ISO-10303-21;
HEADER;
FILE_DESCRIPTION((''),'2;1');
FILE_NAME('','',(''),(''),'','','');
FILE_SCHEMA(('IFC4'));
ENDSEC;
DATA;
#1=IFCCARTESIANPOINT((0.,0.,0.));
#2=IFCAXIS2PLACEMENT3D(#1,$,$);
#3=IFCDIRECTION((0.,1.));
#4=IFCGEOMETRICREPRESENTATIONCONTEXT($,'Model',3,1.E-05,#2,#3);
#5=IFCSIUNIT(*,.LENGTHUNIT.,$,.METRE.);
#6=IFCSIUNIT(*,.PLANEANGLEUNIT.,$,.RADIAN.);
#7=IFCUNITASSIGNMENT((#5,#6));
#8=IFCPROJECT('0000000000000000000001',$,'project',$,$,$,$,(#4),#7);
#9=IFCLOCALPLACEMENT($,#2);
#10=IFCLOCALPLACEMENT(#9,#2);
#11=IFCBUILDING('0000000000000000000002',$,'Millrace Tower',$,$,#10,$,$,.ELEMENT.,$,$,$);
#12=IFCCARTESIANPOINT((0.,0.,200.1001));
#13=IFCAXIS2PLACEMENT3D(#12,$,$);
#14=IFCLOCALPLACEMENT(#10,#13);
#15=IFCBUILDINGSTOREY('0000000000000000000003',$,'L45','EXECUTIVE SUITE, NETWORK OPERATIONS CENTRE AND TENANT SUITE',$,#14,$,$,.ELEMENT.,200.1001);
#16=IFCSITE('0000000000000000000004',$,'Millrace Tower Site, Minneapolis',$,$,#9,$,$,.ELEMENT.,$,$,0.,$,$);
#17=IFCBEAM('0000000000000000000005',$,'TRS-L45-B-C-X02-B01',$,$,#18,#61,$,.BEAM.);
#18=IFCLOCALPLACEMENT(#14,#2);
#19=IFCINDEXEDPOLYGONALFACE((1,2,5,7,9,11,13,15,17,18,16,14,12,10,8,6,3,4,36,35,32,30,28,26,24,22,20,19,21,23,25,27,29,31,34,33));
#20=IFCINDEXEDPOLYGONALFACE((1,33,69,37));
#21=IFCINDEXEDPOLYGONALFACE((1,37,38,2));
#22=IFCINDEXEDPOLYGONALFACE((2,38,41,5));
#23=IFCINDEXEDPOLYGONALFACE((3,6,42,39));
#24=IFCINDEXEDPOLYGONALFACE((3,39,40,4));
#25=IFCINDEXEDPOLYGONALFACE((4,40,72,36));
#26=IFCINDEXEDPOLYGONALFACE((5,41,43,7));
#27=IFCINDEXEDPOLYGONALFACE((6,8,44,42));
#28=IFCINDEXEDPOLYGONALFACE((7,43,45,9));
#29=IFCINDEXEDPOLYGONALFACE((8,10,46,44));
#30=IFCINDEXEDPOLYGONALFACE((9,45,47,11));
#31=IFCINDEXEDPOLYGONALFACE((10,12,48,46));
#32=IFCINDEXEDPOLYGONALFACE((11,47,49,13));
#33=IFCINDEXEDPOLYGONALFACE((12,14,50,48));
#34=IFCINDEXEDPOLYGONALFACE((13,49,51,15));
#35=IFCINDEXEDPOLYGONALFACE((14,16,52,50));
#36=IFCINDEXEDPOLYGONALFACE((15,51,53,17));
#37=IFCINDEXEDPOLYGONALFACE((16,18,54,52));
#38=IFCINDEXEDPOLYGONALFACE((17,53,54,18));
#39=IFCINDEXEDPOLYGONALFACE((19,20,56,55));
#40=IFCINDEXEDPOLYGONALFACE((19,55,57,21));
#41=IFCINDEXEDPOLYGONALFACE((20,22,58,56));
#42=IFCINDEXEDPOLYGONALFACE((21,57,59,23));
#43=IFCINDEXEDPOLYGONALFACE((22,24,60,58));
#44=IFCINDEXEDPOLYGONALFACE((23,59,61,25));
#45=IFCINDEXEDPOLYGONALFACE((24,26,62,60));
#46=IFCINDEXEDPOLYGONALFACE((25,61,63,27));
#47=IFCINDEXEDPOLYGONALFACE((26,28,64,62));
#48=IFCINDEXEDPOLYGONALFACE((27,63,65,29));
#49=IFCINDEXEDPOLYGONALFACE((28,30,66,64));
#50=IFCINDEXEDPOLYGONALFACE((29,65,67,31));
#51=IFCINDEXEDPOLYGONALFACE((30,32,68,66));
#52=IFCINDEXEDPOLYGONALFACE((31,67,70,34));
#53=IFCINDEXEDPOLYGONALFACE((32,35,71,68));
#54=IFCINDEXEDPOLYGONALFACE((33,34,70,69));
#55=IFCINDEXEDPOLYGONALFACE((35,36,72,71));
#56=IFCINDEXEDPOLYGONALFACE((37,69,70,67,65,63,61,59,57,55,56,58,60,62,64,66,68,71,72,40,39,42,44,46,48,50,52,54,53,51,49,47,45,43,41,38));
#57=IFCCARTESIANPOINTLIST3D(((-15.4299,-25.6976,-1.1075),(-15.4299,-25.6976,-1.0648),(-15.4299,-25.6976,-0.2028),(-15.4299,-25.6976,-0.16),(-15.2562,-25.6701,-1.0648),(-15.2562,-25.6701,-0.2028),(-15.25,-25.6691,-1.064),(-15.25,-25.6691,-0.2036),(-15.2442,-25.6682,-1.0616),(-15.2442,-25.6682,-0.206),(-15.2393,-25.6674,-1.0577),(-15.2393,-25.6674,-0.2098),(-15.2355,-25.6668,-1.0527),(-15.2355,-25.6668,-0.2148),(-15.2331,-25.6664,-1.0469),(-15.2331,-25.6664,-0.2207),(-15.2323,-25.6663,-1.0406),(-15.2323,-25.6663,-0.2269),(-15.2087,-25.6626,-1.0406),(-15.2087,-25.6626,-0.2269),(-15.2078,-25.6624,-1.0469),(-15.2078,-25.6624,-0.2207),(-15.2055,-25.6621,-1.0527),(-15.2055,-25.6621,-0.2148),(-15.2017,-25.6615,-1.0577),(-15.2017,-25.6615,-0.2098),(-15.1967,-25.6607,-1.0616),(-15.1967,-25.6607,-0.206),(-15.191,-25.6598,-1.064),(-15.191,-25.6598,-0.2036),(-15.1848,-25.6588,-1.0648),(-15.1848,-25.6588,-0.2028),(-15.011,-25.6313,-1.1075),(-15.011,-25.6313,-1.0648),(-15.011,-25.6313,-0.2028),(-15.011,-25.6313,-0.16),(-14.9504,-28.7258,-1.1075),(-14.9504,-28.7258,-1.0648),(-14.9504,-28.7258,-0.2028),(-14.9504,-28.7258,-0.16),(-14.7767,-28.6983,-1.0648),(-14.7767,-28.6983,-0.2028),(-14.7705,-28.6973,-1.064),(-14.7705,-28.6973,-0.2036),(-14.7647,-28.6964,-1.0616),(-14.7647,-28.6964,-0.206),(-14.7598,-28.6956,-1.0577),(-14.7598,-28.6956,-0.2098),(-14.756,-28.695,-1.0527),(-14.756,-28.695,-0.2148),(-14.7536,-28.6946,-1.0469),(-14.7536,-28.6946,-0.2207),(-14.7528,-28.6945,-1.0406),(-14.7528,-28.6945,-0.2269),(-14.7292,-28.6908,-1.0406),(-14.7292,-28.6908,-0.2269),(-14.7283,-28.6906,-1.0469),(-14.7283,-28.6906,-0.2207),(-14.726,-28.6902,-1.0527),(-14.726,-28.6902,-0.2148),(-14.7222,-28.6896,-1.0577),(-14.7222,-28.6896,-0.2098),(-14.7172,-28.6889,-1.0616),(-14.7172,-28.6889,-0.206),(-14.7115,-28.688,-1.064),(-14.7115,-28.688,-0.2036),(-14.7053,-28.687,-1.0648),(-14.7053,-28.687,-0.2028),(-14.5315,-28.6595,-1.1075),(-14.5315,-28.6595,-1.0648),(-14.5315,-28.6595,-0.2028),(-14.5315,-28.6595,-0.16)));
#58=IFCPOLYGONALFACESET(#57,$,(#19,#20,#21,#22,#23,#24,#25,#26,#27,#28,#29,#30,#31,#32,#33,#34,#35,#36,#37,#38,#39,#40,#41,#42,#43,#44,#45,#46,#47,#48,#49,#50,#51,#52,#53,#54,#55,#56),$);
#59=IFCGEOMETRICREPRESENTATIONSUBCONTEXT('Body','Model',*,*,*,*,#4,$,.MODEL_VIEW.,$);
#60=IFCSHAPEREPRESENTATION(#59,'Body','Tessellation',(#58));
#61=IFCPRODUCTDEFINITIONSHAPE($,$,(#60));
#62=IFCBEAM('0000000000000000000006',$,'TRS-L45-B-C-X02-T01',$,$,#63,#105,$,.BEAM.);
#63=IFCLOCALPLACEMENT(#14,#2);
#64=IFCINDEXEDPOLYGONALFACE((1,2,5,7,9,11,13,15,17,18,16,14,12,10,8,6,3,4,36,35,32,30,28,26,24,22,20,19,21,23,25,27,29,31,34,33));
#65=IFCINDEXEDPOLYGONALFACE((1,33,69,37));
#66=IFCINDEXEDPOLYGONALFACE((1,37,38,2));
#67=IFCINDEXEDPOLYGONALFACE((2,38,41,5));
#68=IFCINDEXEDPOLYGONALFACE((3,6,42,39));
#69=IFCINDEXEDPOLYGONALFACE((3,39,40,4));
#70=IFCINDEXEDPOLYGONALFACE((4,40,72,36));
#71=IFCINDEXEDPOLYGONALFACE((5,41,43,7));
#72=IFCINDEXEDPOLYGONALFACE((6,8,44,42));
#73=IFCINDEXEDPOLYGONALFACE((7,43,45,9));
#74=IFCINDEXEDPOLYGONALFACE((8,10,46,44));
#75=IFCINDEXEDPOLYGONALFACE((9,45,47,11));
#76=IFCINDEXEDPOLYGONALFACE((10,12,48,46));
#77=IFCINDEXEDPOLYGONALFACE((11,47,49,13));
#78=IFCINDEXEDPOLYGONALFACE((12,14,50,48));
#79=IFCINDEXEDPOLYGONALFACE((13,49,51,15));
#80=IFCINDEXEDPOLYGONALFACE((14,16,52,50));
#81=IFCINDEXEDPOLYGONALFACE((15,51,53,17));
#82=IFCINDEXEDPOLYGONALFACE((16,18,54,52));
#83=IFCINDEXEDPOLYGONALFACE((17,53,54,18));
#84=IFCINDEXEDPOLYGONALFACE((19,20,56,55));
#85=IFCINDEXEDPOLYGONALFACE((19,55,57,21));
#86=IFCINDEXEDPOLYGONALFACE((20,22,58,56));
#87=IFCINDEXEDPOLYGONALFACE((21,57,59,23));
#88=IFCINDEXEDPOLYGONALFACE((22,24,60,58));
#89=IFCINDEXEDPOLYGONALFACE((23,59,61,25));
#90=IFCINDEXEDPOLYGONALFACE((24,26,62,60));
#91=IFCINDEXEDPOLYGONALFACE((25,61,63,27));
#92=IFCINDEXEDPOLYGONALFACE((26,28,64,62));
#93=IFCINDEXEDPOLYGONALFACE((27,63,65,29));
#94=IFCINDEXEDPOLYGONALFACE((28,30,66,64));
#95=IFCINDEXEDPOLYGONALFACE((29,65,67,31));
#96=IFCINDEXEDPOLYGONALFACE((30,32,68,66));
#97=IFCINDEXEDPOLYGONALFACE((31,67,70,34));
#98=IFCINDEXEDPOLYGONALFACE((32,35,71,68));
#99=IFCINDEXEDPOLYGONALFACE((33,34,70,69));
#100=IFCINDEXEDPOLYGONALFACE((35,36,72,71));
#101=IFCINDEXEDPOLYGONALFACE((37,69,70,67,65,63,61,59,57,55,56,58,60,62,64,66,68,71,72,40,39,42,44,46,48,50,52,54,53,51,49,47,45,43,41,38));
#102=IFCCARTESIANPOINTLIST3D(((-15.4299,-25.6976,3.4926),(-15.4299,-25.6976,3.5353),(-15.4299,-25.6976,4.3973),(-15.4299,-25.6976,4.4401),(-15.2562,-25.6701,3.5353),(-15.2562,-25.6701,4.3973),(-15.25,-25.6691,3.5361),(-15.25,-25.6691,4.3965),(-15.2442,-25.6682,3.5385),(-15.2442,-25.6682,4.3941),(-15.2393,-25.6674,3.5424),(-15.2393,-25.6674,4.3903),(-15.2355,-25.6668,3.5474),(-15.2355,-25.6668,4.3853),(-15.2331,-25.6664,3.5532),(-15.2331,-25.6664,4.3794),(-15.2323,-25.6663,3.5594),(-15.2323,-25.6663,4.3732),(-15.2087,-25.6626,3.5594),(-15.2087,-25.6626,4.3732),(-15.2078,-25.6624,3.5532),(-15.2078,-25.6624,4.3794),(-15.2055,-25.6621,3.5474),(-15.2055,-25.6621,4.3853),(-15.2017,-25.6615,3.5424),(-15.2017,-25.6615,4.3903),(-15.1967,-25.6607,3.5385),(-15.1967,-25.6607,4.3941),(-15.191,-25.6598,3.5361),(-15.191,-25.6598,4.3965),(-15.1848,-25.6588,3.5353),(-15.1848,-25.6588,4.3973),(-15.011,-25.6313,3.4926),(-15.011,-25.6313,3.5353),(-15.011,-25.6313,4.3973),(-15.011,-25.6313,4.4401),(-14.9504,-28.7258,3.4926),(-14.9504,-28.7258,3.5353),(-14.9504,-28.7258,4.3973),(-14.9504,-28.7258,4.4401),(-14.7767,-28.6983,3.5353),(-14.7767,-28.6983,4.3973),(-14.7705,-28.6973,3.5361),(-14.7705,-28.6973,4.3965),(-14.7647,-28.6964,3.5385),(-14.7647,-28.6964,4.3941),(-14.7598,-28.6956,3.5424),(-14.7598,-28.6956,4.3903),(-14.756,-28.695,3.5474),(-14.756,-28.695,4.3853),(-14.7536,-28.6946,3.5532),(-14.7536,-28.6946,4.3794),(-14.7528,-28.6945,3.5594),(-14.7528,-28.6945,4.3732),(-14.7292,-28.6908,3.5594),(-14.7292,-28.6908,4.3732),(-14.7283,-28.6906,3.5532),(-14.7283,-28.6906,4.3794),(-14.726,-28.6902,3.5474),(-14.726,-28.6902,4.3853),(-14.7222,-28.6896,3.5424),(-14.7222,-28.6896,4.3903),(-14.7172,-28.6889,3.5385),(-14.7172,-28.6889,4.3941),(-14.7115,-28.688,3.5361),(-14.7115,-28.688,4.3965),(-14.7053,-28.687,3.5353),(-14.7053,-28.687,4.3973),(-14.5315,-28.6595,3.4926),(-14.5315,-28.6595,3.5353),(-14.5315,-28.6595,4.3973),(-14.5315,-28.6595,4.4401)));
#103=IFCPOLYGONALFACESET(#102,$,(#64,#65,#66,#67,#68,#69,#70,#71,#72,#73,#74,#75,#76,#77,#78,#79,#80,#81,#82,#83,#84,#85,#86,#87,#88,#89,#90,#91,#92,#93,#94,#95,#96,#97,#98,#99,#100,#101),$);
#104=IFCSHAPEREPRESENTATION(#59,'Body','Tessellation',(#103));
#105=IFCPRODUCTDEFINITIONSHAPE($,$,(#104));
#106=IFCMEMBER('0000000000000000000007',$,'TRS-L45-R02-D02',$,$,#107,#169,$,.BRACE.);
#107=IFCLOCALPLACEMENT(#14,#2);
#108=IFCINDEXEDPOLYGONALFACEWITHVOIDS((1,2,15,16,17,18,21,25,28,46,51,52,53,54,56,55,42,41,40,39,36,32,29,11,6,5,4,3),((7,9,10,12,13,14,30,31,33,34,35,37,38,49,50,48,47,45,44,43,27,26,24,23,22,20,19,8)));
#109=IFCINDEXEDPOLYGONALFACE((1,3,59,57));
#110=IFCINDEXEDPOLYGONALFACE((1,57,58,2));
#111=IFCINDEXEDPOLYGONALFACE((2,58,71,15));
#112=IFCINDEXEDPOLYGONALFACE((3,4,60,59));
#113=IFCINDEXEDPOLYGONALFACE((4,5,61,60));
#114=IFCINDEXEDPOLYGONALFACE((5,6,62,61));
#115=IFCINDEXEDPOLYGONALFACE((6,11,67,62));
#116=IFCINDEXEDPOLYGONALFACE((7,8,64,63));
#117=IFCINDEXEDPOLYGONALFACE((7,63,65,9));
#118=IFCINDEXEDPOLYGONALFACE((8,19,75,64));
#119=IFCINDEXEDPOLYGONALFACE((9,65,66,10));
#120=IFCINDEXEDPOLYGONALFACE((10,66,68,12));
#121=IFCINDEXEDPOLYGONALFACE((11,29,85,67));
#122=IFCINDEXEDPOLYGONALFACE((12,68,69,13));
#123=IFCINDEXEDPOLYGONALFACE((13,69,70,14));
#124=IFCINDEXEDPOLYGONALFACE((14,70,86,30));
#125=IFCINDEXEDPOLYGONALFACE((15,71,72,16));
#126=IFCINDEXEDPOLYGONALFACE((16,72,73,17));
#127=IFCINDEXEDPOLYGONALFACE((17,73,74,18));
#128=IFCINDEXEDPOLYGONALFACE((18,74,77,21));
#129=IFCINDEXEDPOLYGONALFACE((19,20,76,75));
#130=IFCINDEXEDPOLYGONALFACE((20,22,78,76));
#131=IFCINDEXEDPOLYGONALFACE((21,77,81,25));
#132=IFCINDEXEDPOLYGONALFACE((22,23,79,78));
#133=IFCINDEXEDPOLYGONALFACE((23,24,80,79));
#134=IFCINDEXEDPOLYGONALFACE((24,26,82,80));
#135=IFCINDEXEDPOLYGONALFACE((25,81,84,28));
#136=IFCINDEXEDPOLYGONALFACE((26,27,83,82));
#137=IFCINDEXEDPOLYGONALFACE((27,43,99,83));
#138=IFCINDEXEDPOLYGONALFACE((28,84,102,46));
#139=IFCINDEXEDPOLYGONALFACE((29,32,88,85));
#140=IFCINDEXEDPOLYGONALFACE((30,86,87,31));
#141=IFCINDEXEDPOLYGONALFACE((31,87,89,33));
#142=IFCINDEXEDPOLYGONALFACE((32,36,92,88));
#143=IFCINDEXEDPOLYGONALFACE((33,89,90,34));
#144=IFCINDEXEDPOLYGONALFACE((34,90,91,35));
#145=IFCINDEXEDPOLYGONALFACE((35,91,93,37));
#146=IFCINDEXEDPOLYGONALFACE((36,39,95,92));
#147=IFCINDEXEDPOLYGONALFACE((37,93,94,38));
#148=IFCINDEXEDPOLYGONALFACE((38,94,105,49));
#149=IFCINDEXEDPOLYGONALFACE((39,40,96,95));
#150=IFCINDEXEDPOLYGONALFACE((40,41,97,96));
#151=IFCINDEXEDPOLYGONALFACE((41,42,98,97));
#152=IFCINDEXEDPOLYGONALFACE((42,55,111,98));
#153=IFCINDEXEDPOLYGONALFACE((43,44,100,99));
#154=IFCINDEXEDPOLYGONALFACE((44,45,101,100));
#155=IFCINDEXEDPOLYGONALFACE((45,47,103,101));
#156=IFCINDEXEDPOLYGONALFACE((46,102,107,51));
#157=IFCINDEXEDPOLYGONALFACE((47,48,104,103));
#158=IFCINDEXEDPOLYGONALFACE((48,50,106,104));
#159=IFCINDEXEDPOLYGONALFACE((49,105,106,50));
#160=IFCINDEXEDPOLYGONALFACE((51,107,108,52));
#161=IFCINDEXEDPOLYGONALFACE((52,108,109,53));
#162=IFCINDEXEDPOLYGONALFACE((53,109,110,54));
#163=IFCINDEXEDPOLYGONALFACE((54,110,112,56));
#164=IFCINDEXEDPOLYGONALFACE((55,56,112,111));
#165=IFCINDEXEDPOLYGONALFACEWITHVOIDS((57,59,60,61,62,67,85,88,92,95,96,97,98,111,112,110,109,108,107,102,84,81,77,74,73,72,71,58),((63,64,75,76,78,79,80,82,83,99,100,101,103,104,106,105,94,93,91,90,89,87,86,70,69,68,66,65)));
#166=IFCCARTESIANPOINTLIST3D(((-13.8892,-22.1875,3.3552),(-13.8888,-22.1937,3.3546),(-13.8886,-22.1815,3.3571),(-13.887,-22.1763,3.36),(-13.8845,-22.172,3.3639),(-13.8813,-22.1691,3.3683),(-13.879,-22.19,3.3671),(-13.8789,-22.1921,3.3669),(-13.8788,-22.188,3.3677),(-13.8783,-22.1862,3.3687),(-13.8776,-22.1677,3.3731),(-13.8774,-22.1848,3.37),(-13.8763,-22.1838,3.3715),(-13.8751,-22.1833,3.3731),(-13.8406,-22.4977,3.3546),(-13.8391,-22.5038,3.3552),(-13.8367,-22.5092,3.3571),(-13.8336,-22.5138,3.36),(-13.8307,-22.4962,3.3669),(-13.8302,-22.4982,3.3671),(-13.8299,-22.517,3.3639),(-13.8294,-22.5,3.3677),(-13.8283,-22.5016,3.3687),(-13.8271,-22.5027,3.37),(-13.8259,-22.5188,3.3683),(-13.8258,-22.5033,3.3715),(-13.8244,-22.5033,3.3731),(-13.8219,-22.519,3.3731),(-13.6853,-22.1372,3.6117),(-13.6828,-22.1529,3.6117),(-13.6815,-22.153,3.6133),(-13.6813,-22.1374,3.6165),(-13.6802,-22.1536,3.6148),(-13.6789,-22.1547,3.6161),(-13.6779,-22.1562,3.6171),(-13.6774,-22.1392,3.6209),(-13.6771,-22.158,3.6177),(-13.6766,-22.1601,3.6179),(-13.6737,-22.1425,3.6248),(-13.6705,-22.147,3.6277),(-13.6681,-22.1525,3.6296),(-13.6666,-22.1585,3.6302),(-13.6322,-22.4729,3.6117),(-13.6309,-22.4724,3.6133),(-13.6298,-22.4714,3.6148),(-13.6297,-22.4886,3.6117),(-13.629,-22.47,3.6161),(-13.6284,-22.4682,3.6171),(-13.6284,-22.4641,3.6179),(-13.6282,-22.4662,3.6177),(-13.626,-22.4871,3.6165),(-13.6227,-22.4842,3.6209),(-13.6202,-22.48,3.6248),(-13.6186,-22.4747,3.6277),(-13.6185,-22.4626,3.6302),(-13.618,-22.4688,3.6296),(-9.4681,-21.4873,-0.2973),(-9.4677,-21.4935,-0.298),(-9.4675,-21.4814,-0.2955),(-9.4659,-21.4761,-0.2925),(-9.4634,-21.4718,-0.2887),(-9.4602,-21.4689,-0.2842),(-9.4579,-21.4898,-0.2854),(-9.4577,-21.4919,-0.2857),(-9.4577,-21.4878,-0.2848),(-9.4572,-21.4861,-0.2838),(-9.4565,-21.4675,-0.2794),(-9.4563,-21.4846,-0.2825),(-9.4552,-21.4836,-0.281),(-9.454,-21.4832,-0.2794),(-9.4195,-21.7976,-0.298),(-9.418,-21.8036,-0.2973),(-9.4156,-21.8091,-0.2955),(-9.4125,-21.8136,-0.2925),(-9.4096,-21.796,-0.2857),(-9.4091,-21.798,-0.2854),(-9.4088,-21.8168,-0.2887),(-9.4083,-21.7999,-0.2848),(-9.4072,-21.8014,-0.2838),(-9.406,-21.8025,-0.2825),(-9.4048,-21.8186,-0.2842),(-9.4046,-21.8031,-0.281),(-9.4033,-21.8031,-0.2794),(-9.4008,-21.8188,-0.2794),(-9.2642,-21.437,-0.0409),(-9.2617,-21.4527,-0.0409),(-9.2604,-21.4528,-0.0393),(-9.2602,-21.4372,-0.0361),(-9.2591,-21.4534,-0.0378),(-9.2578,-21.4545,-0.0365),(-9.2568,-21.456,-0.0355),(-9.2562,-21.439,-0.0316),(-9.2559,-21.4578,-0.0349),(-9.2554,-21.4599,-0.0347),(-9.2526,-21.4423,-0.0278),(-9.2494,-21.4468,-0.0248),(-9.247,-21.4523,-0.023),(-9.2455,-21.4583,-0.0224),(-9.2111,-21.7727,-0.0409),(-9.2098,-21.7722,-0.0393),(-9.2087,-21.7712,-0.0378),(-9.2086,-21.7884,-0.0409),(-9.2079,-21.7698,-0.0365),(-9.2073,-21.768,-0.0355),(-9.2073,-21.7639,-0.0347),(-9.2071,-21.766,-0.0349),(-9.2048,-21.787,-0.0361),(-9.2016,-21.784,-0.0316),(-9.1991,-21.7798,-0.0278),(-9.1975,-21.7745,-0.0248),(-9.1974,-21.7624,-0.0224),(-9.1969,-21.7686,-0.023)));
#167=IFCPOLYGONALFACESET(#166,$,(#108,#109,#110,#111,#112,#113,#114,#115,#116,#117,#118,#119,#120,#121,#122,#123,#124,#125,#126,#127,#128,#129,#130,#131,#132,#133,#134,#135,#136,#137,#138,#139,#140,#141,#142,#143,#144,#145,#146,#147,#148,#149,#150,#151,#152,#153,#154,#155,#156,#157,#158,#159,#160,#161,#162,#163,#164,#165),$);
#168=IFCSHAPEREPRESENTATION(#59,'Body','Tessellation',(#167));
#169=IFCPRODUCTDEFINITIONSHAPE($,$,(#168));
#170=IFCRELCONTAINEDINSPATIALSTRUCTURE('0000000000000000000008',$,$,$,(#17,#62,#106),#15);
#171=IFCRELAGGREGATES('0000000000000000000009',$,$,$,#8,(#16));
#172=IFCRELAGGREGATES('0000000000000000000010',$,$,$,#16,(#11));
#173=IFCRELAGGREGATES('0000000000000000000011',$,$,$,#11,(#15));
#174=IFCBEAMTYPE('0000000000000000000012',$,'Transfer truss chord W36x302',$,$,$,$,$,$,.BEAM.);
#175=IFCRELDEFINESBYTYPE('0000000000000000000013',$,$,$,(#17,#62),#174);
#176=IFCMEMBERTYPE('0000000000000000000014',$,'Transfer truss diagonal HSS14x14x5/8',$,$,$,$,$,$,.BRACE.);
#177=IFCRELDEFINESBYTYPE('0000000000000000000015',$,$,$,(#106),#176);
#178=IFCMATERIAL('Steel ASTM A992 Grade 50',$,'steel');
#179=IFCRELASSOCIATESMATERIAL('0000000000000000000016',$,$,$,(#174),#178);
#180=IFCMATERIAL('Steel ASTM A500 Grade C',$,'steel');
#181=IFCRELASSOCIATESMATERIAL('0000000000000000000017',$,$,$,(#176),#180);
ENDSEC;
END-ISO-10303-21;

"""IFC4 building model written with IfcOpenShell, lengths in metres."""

from ifc_helpers import new_model, si_unit, direction, frame, origin, origin_2d, place, context, subcontext, project, spatial, hollow_rectangle, i_section, extrude, material, material_profile, profile_set, type_object, element, save


model = new_model("IFC4")

# Units and contexts
model_context = context("Model", 3, precision=1e-05, world=origin(), true_north=direction((0.0, 1.0)))
body_context = subcontext(model_context, "Body", "Model", "MODEL_VIEW")
ifc_project = project(units=[si_unit("LENGTHUNIT", "METRE"), si_unit("PLANEANGLEUNIT", "RADIAN")], contexts=[model_context])

# Site, building, storey
site_placement = place(None, origin())
site = spatial("IfcSite", under=ifc_project, at=site_placement, Name="Millrace Tower Site, Minneapolis", CompositionType="ELEMENT", RefElevation=0.0)
building_placement = place(site_placement, origin())
building = spatial("IfcBuilding", under=site, at=building_placement, Name="Millrace Tower", CompositionType="ELEMENT")
storey_placement = place(building_placement, frame((0.0, 0.0, 200.1001)))
storey = spatial("IfcBuildingStorey", under=building, at=storey_placement, Name="L45", Description="EXECUTIVE SUITE, NETWORK OPERATIONS CENTRE AND TENANT SUITE", CompositionType="ELEMENT", Elevation=200.1001)

# Beams
ifc_material_1 = material(Name="Steel ASTM A992 Grade 50", Category="steel")
ifc_material_profile_1 = material_profile(ifc_material_1, i_section(OverallWidth=0.4241, OverallDepth=0.9475, WebThickness=0.0239, FlangeThickness=0.0427, FilletRadius=0.0242, at=origin_2d()))
ifc_profile_set_1 = profile_set([ifc_material_profile_1], Name="Steel ASTM A992 Grade 50")
beam_type_1 = type_object("IfcBeamType", Name="Transfer truss chord W36x302", PredefinedType="BEAM", material=ifc_profile_set_1)
for number, where, z_axis, x_axis, name in (
    (1, (-14.741, -28.6926, -0.6338), (-0.1564, 0.987694, 0.0), (-0.987694, -0.1564, 0.0), "TRS-L45-B-C-X02-B01"),
    (2, (-14.741, -28.6926, 3.9663), (-0.1564, 0.987694, 0.0), (-0.987694, -0.1564, 0.0), "TRS-L45-B-C-X02-T01"),
):
    element("IfcBeam", number, at=place(storey_placement, frame(where, z_axis=z_axis, x_axis=x_axis)), inside=storey, type_object=beam_type_1, Name=name, PredefinedType="BEAM", context=body_context, shape_type="SweptSolid", body=[
        extrude(i_section(OverallWidth=0.4241, OverallDepth=0.9475, WebThickness=0.0239, FlangeThickness=0.0427, FilletRadius=0.0242, at=origin_2d()), origin(), (0.0, 0.0, 1.0), 3.0659),
    ])

# Member
ifc_material_2 = material(Name="Steel ASTM A500 Grade C", Category="steel")
ifc_material_profile_2 = material_profile(ifc_material_2, hollow_rectangle(XDim=0.3557, YDim=0.3557, WallThickness=0.0159, InnerFilletRadius=0.0081, OuterFilletRadius=0.0239, at=origin_2d()))
ifc_profile_set_2 = profile_set([ifc_material_profile_2], Name="Steel ASTM A500 Grade C")
member_type_1 = type_object("IfcMemberType", Name="Transfer truss diagonal HSS14x14x5/8", PredefinedType="BRACE", material=ifc_profile_set_2)
member_1_placement = place(storey_placement, frame((-9.3325, -21.6279, -0.1602), z_axis=(-0.76525, -0.121196, 0.632222), x_axis=(0.156425, -0.98769, 0.0)))
element("IfcMember", 3, at=member_1_placement, inside=storey, type_object=member_type_1, Name="TRS-L45-R02-D02", PredefinedType="BRACE", context=body_context, shape_type="SweptSolid", body=[
    extrude(hollow_rectangle(XDim=0.3557, YDim=0.3557, WallThickness=0.0159, InnerFilletRadius=0.0081, OuterFilletRadius=0.0239, at=origin_2d()), origin(), (0.0, 0.0, 1.0), 5.7773),
])

save(model, "model.ifc")
